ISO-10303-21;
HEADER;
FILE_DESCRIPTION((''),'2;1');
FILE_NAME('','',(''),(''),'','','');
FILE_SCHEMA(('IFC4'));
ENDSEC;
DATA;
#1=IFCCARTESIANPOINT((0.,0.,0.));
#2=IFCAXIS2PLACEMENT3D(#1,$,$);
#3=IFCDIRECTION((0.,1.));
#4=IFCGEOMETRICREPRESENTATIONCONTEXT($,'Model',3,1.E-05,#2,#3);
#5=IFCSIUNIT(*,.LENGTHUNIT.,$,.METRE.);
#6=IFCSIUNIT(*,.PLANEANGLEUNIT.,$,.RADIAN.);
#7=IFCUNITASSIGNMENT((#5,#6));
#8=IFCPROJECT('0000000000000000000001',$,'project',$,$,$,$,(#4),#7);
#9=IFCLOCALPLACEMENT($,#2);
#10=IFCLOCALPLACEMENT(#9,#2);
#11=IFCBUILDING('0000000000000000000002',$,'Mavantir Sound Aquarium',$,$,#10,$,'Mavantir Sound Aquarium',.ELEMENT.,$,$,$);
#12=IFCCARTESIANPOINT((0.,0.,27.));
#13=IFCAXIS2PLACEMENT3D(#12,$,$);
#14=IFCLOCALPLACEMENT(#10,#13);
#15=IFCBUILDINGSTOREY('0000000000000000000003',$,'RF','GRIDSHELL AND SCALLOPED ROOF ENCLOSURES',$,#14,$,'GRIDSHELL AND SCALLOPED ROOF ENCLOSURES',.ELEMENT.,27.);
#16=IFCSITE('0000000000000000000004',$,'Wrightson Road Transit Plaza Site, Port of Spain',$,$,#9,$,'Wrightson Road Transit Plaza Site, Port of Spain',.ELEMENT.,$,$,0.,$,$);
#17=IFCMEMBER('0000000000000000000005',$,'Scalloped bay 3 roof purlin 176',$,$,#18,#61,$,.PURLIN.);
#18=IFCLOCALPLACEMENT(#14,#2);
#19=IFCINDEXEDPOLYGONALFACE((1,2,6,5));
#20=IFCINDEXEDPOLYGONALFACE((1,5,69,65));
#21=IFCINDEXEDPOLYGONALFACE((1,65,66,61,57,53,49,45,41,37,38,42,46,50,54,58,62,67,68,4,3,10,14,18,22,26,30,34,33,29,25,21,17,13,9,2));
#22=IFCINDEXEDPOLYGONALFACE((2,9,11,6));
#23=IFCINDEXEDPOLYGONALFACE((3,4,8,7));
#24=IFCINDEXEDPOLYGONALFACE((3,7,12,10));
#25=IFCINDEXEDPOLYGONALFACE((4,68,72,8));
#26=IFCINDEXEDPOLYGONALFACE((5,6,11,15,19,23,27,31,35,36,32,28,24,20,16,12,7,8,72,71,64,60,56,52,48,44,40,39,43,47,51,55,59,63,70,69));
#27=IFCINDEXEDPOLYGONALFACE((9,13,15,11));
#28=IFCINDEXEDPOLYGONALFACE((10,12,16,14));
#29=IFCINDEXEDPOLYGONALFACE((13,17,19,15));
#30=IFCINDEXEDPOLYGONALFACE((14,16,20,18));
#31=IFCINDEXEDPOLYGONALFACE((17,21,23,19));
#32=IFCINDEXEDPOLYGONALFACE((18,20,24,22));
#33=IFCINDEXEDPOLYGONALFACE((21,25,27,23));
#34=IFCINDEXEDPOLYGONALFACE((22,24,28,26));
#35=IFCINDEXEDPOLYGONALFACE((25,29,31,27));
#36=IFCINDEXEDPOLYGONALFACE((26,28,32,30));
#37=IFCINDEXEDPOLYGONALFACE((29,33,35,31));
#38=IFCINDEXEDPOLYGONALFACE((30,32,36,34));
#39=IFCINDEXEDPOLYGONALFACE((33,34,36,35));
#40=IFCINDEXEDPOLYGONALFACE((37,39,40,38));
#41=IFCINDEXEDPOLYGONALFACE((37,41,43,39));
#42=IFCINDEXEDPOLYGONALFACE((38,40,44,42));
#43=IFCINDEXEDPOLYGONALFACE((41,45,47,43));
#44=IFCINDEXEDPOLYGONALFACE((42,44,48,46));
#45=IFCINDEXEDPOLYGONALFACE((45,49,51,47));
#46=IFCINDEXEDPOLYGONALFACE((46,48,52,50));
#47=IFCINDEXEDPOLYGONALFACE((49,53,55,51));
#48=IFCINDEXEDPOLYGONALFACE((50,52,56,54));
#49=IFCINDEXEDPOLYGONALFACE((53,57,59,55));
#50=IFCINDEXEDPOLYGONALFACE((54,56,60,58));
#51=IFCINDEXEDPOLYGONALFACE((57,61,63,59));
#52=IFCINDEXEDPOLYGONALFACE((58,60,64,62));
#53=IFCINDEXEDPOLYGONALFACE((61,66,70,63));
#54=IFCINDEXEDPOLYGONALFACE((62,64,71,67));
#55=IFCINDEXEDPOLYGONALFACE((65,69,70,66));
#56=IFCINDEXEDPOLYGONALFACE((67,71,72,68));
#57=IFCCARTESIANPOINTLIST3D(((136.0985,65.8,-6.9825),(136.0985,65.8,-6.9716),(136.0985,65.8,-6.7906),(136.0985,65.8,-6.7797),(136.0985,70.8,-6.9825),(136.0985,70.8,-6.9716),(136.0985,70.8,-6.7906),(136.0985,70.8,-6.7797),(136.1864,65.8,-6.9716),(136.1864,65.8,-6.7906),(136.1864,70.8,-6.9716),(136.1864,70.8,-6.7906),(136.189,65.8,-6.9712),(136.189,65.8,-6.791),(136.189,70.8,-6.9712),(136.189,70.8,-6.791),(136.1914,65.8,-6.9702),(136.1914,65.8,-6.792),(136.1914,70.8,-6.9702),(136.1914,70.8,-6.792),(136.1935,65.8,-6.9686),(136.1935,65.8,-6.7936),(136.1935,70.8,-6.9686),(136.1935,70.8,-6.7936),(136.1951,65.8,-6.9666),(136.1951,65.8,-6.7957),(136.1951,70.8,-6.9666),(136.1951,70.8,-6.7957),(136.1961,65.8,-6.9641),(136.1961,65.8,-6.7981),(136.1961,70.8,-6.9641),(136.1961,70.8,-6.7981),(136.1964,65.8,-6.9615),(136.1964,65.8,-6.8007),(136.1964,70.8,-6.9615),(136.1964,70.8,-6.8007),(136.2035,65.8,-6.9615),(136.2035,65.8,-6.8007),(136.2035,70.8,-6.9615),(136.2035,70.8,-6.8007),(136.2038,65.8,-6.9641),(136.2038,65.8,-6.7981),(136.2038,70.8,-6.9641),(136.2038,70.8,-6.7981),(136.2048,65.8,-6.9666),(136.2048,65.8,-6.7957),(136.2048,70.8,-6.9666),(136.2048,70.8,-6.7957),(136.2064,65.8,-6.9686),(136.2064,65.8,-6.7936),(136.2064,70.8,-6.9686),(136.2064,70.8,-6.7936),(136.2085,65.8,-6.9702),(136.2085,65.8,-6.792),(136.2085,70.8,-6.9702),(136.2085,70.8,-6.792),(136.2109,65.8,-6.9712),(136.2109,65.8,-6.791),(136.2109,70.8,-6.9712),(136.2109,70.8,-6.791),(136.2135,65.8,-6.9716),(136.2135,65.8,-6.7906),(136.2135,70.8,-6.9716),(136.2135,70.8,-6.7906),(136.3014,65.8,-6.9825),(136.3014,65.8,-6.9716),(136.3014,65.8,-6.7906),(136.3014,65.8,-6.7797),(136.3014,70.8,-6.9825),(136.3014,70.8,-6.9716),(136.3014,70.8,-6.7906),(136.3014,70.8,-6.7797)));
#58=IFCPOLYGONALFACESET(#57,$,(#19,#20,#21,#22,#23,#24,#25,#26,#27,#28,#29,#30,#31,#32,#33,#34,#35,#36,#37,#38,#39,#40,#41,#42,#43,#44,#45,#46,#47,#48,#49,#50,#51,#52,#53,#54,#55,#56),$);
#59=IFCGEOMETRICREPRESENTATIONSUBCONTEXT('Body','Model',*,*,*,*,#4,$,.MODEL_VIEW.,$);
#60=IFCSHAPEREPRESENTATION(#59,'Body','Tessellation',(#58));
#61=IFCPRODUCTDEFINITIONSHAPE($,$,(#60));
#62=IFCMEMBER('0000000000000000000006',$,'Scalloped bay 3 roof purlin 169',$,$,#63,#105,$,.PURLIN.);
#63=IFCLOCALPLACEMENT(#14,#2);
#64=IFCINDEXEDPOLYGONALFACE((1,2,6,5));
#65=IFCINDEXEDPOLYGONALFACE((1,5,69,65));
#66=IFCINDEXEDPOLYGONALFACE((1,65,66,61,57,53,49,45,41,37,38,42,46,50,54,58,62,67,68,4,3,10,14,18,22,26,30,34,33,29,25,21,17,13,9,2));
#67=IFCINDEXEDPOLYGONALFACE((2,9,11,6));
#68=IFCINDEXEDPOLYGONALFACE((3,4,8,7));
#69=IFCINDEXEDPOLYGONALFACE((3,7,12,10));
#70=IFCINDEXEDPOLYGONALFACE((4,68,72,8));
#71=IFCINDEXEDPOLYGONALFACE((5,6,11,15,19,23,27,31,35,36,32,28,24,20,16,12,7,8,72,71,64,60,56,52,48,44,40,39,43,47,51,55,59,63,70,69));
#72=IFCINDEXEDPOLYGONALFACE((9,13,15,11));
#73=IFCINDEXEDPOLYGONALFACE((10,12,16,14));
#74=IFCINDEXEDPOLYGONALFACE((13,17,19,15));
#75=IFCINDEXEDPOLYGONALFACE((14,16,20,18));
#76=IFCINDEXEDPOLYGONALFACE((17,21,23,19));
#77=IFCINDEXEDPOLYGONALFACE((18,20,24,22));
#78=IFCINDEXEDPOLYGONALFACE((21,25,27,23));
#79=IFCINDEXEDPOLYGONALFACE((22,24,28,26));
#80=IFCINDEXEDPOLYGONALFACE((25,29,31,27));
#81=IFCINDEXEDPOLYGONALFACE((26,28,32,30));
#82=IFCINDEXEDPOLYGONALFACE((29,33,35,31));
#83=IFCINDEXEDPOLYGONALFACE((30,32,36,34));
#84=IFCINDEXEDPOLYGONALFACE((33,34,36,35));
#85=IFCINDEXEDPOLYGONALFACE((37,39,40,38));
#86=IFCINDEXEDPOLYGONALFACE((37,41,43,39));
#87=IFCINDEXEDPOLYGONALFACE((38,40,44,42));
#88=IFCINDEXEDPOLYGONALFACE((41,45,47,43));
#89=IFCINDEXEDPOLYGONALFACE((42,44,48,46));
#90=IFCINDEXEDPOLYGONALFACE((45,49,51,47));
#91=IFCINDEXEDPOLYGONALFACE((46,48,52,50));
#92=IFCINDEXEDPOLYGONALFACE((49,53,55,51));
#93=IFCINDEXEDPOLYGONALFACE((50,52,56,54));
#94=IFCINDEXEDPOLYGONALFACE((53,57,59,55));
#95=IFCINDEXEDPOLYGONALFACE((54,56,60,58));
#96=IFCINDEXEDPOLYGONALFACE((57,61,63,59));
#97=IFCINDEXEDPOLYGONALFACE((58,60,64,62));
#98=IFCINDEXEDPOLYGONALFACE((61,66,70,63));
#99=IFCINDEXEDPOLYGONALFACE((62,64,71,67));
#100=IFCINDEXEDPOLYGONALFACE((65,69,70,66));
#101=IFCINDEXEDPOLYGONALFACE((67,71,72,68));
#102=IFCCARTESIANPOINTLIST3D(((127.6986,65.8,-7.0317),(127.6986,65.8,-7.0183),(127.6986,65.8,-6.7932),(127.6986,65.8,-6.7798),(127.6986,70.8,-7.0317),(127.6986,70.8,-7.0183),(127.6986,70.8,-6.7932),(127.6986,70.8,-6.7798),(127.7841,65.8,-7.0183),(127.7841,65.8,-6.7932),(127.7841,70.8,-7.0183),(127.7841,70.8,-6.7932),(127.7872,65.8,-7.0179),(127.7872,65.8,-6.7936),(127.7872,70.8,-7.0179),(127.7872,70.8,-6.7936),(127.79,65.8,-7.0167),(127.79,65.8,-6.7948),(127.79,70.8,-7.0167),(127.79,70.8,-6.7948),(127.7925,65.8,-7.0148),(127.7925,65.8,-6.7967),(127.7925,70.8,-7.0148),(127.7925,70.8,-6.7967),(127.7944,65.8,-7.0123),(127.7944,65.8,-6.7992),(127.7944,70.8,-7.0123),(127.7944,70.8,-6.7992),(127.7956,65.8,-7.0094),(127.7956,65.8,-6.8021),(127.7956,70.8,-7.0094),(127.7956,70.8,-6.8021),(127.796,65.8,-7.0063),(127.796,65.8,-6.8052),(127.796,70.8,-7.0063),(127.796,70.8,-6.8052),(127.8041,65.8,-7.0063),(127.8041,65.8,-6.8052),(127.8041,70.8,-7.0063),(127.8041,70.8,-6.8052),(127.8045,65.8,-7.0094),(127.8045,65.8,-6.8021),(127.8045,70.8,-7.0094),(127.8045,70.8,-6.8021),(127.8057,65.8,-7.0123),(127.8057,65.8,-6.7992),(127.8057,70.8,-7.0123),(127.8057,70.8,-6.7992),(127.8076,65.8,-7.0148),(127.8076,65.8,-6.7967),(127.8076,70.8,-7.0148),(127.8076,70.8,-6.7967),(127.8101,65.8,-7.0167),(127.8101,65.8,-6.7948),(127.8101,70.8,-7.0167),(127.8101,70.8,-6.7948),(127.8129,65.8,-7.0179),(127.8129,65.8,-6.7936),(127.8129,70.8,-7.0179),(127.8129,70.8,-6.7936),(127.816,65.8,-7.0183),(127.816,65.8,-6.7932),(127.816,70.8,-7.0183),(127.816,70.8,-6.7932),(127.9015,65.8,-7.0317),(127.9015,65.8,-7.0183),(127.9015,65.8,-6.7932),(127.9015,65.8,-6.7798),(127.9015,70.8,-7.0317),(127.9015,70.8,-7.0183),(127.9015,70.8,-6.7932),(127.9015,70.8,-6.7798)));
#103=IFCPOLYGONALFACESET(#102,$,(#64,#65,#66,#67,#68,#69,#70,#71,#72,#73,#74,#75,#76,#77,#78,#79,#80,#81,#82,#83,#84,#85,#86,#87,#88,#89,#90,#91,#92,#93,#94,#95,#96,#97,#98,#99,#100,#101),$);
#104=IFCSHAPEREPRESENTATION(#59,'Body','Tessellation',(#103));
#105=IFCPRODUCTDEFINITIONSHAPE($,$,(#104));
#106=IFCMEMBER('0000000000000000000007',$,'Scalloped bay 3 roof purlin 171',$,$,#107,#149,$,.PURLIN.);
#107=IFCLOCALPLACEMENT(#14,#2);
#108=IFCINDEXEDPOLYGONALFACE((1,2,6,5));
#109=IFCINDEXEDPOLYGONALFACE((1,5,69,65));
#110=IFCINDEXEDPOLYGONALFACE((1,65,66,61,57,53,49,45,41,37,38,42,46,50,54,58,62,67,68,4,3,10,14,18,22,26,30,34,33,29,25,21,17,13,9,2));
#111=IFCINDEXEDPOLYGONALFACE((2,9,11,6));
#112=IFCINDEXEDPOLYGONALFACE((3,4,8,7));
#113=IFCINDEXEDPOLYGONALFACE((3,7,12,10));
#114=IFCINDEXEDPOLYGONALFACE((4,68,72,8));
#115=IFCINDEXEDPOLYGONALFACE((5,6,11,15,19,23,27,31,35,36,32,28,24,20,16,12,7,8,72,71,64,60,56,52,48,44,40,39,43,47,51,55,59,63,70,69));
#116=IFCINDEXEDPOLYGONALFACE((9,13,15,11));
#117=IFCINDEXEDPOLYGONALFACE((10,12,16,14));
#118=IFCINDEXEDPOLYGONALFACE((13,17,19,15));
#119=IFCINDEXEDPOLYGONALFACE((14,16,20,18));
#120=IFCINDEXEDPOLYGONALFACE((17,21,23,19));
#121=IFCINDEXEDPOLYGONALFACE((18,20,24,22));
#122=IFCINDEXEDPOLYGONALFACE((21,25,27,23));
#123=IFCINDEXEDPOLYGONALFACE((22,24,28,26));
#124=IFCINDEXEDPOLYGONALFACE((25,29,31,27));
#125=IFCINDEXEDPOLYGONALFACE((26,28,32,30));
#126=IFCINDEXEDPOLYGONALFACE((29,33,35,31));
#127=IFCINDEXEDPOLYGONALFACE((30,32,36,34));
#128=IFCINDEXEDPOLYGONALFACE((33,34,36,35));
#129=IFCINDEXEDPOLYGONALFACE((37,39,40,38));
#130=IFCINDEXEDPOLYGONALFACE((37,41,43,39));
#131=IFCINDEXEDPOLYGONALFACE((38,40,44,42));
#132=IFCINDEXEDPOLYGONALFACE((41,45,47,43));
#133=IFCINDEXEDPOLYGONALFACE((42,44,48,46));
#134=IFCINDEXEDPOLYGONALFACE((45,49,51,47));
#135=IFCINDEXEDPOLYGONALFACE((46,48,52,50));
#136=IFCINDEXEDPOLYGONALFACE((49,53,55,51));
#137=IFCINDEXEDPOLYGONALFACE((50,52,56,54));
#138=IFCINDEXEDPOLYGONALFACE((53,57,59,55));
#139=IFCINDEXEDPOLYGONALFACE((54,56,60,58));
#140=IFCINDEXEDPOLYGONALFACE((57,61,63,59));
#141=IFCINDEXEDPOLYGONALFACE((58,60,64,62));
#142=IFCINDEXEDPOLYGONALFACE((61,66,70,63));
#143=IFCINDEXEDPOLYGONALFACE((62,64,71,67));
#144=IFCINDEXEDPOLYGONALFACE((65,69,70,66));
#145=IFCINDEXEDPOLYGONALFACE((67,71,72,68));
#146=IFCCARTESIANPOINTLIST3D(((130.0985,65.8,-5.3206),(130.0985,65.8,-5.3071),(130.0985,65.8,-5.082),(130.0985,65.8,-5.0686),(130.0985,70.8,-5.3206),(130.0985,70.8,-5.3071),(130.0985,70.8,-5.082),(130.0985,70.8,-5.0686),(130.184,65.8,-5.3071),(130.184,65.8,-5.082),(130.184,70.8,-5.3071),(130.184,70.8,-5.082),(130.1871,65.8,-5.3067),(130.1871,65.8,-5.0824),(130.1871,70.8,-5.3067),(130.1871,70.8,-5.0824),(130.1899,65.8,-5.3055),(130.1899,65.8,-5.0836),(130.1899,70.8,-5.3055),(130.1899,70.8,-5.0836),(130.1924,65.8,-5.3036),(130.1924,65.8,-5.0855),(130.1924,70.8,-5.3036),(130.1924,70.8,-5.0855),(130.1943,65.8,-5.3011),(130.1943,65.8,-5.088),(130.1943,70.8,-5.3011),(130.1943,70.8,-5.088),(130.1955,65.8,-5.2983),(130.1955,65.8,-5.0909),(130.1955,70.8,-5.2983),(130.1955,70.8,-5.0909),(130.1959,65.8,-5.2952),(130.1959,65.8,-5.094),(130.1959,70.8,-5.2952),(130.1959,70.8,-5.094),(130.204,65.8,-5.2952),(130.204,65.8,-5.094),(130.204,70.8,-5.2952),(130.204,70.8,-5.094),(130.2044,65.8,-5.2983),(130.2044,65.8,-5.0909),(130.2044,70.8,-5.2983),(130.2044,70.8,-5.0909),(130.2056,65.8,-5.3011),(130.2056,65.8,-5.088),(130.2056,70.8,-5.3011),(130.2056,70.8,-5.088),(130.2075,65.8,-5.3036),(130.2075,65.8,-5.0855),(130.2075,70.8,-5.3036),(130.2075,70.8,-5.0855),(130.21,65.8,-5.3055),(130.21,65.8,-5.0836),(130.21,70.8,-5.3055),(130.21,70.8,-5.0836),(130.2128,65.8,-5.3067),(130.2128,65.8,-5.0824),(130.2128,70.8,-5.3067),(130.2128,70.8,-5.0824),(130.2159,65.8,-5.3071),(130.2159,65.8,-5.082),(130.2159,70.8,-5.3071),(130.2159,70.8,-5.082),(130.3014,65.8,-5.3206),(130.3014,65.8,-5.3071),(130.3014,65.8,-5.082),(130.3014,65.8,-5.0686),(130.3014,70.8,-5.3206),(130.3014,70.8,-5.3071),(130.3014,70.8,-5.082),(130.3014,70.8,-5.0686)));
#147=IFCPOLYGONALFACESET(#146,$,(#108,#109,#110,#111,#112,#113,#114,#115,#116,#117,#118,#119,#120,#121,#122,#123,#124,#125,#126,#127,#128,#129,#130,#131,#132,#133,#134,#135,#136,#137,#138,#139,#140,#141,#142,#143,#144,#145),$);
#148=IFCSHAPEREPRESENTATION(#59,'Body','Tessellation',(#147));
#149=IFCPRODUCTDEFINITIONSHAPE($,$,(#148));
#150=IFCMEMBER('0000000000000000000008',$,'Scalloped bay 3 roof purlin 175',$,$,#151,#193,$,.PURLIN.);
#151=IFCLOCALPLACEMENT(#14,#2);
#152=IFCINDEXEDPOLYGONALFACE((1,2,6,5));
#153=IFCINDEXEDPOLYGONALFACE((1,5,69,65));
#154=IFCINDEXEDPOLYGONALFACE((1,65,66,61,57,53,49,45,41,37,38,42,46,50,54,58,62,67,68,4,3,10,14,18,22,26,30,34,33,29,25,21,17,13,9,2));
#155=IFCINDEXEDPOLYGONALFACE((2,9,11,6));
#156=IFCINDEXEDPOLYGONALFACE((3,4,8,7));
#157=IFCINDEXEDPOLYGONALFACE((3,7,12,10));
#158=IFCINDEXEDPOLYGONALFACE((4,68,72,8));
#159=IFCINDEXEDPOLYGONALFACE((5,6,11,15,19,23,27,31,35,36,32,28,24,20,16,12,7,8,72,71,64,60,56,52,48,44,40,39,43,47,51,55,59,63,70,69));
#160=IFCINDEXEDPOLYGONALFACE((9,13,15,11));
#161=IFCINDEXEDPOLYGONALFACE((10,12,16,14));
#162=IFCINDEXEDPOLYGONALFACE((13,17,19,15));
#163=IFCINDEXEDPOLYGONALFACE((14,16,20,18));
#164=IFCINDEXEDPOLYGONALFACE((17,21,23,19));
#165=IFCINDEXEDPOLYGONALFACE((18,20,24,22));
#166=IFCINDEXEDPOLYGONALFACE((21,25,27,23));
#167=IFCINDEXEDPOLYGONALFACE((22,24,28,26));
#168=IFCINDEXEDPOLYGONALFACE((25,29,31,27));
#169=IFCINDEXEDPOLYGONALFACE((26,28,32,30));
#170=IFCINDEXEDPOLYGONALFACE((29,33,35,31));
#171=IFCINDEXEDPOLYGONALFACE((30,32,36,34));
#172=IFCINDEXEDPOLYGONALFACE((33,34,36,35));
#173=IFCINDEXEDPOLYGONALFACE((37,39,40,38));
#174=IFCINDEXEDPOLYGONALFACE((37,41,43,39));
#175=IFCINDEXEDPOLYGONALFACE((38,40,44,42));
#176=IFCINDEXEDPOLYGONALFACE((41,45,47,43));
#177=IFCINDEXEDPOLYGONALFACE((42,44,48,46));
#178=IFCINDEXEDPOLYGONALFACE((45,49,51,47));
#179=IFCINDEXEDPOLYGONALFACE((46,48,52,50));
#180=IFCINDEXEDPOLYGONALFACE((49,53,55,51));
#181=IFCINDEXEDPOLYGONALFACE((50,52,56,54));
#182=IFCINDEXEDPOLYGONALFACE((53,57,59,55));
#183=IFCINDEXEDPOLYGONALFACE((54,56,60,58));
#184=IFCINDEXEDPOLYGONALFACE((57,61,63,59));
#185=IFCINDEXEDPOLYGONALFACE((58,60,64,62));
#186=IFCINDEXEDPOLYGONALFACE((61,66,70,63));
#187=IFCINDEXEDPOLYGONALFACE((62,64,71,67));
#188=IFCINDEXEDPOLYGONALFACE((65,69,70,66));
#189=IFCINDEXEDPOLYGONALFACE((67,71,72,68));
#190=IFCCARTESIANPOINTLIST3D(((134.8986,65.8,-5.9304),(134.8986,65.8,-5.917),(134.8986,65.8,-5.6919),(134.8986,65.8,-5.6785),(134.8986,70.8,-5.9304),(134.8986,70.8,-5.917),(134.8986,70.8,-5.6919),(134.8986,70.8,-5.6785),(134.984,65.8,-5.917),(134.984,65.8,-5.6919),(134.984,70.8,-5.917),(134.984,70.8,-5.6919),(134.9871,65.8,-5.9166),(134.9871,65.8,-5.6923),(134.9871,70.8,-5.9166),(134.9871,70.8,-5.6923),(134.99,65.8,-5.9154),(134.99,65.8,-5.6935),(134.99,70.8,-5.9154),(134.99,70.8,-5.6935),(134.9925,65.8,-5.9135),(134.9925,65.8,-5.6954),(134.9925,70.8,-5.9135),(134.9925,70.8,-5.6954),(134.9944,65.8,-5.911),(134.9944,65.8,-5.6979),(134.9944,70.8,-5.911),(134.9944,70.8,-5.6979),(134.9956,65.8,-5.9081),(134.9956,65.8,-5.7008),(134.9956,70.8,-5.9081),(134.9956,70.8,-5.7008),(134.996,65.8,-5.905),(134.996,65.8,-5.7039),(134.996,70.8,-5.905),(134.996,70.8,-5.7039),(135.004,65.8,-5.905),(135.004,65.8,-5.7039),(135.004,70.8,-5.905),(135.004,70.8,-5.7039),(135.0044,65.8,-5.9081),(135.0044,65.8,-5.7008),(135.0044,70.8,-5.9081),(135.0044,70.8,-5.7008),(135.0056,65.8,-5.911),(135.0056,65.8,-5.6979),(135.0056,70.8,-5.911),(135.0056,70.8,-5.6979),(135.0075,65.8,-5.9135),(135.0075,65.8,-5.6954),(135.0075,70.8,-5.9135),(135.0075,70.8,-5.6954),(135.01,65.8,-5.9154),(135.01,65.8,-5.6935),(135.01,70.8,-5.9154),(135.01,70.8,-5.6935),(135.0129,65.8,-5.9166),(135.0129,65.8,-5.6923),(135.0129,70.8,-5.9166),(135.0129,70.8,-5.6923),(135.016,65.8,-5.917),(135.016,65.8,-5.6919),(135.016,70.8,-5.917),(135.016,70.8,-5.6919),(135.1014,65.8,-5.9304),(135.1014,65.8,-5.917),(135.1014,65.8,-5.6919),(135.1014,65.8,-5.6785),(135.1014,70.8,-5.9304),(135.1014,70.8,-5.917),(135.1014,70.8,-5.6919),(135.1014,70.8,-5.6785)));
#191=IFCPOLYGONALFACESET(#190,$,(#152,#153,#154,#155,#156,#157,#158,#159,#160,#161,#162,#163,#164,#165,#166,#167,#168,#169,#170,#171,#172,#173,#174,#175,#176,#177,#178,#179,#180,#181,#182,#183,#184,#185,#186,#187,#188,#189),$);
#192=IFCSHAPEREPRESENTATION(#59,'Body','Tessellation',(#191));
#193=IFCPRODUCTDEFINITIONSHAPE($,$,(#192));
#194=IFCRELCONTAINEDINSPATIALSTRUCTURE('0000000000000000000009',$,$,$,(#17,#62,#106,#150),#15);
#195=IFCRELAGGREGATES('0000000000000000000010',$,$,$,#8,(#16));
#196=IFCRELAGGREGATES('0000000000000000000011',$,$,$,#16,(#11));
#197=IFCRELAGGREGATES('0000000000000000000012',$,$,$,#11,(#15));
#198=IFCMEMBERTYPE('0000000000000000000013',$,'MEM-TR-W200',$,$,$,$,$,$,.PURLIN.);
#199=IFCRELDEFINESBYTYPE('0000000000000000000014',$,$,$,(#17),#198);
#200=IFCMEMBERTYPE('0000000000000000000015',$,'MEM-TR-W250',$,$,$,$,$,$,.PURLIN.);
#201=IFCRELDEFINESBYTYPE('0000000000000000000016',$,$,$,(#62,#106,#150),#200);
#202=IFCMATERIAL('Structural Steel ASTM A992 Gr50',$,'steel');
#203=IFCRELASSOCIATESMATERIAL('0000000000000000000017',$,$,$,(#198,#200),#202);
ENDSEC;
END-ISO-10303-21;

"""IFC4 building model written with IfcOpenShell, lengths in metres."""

from ifc_helpers import new_model, si_unit, direction, frame, origin, origin_2d, place, context, subcontext, project, spatial, i_section, extrude, material, material_profile, profile_set, type_object, element, save


model = new_model("IFC4")

# Units and contexts
model_context = context("Model", 3, precision=1e-05, world=origin(), true_north=direction((0.0, 1.0)))
body_context = subcontext(model_context, "Body", "Model", "MODEL_VIEW")
ifc_project = project(units=[si_unit("LENGTHUNIT", "METRE"), si_unit("PLANEANGLEUNIT", "RADIAN")], contexts=[model_context])

# Site, building, storey
site_placement = place(None, origin())
site = spatial("IfcSite", under=ifc_project, at=site_placement, Name="Wrightson Road Transit Plaza Site, Port of Spain", LongName="Wrightson Road Transit Plaza Site, Port of Spain", CompositionType="ELEMENT", RefElevation=0.0)
building_placement = place(site_placement, origin())
building = spatial("IfcBuilding", under=site, at=building_placement, Name="Mavantir Sound Aquarium", LongName="Mavantir Sound Aquarium", CompositionType="ELEMENT")
storey_placement = place(building_placement, frame((0.0, 0.0, 27.0)))
storey = spatial("IfcBuildingStorey", under=building, at=storey_placement, Name="RF", Description="GRIDSHELL AND SCALLOPED ROOF ENCLOSURES", LongName="GRIDSHELL AND SCALLOPED ROOF ENCLOSURES", CompositionType="ELEMENT", Elevation=27.0)

# Shared definitions
ifc_material_1 = material(Name="Structural Steel ASTM A992 Gr50", Category="steel")

# Members
ifc_material_profile_1 = material_profile(ifc_material_1, i_section(OverallWidth=0.2029, OverallDepth=0.2029, WebThickness=0.0071, FlangeThickness=0.011, FilletRadius=0.01, at=origin_2d()), Name="W200X46")
ifc_profile_set_1 = profile_set([ifc_material_profile_1], Name="Structural Steel ASTM A992 Gr50")
member_type_1 = type_object("IfcMemberType", Name="MEM-TR-W200", PredefinedType="PURLIN", material=ifc_profile_set_1)
for number, where, z_axis, x_axis, name in (
    (1, (136.2, 65.8, -6.8811), (0.0, 1.0, 0.0), (-1.0, 0.0, 0.0), "Scalloped bay 3 roof purlin 176"),
):
    element("IfcMember", number, at=place(storey_placement, frame(where, z_axis=z_axis, x_axis=x_axis)), inside=storey, type_object=member_type_1, Name=name, PredefinedType="PURLIN", context=body_context, shape_type="SweptSolid", body=[
        extrude(i_section(OverallWidth=0.2029, OverallDepth=0.2029, WebThickness=0.0071, FlangeThickness=0.011, FilletRadius=0.01, at=origin_2d()), origin(), (0.0, 0.0, 1.0), 5.0),
    ])
ifc_material_profile_2 = material_profile(ifc_material_1, i_section(OverallWidth=0.2029, OverallDepth=0.252, WebThickness=0.0081, FlangeThickness=0.0134, FilletRadius=0.012, at=origin_2d()), Name="W250X58")
ifc_profile_set_2 = profile_set([ifc_material_profile_2], Name="Structural Steel ASTM A992 Gr50")
member_type_2 = type_object("IfcMemberType", Name="MEM-TR-W250", PredefinedType="PURLIN", material=ifc_profile_set_2)
for number, where, z_axis, x_axis, name in (
    (2, (127.8, 65.8, -6.9058), (0.0, 1.0, 0.0), (-1.0, 0.0, 0.0), "Scalloped bay 3 roof purlin 169"),
    (3, (130.2, 65.8, -5.1946), (0.0, 1.0, 0.0), (-1.0, 0.0, 0.0), "Scalloped bay 3 roof purlin 171"),
    (4, (135.0, 65.8, -5.8044), (0.0, 1.0, 0.0), (-1.0, 0.0, 0.0), "Scalloped bay 3 roof purlin 175"),
):
    element("IfcMember", number, at=place(storey_placement, frame(where, z_axis=z_axis, x_axis=x_axis)), inside=storey, type_object=member_type_2, Name=name, PredefinedType="PURLIN", context=body_context, shape_type="SweptSolid", body=[
        extrude(i_section(OverallWidth=0.2029, OverallDepth=0.252, WebThickness=0.0081, FlangeThickness=0.0134, FilletRadius=0.012, at=origin_2d()), origin(), (0.0, 0.0, 1.0), 5.0),
    ])

save(model, "model.ifc")
